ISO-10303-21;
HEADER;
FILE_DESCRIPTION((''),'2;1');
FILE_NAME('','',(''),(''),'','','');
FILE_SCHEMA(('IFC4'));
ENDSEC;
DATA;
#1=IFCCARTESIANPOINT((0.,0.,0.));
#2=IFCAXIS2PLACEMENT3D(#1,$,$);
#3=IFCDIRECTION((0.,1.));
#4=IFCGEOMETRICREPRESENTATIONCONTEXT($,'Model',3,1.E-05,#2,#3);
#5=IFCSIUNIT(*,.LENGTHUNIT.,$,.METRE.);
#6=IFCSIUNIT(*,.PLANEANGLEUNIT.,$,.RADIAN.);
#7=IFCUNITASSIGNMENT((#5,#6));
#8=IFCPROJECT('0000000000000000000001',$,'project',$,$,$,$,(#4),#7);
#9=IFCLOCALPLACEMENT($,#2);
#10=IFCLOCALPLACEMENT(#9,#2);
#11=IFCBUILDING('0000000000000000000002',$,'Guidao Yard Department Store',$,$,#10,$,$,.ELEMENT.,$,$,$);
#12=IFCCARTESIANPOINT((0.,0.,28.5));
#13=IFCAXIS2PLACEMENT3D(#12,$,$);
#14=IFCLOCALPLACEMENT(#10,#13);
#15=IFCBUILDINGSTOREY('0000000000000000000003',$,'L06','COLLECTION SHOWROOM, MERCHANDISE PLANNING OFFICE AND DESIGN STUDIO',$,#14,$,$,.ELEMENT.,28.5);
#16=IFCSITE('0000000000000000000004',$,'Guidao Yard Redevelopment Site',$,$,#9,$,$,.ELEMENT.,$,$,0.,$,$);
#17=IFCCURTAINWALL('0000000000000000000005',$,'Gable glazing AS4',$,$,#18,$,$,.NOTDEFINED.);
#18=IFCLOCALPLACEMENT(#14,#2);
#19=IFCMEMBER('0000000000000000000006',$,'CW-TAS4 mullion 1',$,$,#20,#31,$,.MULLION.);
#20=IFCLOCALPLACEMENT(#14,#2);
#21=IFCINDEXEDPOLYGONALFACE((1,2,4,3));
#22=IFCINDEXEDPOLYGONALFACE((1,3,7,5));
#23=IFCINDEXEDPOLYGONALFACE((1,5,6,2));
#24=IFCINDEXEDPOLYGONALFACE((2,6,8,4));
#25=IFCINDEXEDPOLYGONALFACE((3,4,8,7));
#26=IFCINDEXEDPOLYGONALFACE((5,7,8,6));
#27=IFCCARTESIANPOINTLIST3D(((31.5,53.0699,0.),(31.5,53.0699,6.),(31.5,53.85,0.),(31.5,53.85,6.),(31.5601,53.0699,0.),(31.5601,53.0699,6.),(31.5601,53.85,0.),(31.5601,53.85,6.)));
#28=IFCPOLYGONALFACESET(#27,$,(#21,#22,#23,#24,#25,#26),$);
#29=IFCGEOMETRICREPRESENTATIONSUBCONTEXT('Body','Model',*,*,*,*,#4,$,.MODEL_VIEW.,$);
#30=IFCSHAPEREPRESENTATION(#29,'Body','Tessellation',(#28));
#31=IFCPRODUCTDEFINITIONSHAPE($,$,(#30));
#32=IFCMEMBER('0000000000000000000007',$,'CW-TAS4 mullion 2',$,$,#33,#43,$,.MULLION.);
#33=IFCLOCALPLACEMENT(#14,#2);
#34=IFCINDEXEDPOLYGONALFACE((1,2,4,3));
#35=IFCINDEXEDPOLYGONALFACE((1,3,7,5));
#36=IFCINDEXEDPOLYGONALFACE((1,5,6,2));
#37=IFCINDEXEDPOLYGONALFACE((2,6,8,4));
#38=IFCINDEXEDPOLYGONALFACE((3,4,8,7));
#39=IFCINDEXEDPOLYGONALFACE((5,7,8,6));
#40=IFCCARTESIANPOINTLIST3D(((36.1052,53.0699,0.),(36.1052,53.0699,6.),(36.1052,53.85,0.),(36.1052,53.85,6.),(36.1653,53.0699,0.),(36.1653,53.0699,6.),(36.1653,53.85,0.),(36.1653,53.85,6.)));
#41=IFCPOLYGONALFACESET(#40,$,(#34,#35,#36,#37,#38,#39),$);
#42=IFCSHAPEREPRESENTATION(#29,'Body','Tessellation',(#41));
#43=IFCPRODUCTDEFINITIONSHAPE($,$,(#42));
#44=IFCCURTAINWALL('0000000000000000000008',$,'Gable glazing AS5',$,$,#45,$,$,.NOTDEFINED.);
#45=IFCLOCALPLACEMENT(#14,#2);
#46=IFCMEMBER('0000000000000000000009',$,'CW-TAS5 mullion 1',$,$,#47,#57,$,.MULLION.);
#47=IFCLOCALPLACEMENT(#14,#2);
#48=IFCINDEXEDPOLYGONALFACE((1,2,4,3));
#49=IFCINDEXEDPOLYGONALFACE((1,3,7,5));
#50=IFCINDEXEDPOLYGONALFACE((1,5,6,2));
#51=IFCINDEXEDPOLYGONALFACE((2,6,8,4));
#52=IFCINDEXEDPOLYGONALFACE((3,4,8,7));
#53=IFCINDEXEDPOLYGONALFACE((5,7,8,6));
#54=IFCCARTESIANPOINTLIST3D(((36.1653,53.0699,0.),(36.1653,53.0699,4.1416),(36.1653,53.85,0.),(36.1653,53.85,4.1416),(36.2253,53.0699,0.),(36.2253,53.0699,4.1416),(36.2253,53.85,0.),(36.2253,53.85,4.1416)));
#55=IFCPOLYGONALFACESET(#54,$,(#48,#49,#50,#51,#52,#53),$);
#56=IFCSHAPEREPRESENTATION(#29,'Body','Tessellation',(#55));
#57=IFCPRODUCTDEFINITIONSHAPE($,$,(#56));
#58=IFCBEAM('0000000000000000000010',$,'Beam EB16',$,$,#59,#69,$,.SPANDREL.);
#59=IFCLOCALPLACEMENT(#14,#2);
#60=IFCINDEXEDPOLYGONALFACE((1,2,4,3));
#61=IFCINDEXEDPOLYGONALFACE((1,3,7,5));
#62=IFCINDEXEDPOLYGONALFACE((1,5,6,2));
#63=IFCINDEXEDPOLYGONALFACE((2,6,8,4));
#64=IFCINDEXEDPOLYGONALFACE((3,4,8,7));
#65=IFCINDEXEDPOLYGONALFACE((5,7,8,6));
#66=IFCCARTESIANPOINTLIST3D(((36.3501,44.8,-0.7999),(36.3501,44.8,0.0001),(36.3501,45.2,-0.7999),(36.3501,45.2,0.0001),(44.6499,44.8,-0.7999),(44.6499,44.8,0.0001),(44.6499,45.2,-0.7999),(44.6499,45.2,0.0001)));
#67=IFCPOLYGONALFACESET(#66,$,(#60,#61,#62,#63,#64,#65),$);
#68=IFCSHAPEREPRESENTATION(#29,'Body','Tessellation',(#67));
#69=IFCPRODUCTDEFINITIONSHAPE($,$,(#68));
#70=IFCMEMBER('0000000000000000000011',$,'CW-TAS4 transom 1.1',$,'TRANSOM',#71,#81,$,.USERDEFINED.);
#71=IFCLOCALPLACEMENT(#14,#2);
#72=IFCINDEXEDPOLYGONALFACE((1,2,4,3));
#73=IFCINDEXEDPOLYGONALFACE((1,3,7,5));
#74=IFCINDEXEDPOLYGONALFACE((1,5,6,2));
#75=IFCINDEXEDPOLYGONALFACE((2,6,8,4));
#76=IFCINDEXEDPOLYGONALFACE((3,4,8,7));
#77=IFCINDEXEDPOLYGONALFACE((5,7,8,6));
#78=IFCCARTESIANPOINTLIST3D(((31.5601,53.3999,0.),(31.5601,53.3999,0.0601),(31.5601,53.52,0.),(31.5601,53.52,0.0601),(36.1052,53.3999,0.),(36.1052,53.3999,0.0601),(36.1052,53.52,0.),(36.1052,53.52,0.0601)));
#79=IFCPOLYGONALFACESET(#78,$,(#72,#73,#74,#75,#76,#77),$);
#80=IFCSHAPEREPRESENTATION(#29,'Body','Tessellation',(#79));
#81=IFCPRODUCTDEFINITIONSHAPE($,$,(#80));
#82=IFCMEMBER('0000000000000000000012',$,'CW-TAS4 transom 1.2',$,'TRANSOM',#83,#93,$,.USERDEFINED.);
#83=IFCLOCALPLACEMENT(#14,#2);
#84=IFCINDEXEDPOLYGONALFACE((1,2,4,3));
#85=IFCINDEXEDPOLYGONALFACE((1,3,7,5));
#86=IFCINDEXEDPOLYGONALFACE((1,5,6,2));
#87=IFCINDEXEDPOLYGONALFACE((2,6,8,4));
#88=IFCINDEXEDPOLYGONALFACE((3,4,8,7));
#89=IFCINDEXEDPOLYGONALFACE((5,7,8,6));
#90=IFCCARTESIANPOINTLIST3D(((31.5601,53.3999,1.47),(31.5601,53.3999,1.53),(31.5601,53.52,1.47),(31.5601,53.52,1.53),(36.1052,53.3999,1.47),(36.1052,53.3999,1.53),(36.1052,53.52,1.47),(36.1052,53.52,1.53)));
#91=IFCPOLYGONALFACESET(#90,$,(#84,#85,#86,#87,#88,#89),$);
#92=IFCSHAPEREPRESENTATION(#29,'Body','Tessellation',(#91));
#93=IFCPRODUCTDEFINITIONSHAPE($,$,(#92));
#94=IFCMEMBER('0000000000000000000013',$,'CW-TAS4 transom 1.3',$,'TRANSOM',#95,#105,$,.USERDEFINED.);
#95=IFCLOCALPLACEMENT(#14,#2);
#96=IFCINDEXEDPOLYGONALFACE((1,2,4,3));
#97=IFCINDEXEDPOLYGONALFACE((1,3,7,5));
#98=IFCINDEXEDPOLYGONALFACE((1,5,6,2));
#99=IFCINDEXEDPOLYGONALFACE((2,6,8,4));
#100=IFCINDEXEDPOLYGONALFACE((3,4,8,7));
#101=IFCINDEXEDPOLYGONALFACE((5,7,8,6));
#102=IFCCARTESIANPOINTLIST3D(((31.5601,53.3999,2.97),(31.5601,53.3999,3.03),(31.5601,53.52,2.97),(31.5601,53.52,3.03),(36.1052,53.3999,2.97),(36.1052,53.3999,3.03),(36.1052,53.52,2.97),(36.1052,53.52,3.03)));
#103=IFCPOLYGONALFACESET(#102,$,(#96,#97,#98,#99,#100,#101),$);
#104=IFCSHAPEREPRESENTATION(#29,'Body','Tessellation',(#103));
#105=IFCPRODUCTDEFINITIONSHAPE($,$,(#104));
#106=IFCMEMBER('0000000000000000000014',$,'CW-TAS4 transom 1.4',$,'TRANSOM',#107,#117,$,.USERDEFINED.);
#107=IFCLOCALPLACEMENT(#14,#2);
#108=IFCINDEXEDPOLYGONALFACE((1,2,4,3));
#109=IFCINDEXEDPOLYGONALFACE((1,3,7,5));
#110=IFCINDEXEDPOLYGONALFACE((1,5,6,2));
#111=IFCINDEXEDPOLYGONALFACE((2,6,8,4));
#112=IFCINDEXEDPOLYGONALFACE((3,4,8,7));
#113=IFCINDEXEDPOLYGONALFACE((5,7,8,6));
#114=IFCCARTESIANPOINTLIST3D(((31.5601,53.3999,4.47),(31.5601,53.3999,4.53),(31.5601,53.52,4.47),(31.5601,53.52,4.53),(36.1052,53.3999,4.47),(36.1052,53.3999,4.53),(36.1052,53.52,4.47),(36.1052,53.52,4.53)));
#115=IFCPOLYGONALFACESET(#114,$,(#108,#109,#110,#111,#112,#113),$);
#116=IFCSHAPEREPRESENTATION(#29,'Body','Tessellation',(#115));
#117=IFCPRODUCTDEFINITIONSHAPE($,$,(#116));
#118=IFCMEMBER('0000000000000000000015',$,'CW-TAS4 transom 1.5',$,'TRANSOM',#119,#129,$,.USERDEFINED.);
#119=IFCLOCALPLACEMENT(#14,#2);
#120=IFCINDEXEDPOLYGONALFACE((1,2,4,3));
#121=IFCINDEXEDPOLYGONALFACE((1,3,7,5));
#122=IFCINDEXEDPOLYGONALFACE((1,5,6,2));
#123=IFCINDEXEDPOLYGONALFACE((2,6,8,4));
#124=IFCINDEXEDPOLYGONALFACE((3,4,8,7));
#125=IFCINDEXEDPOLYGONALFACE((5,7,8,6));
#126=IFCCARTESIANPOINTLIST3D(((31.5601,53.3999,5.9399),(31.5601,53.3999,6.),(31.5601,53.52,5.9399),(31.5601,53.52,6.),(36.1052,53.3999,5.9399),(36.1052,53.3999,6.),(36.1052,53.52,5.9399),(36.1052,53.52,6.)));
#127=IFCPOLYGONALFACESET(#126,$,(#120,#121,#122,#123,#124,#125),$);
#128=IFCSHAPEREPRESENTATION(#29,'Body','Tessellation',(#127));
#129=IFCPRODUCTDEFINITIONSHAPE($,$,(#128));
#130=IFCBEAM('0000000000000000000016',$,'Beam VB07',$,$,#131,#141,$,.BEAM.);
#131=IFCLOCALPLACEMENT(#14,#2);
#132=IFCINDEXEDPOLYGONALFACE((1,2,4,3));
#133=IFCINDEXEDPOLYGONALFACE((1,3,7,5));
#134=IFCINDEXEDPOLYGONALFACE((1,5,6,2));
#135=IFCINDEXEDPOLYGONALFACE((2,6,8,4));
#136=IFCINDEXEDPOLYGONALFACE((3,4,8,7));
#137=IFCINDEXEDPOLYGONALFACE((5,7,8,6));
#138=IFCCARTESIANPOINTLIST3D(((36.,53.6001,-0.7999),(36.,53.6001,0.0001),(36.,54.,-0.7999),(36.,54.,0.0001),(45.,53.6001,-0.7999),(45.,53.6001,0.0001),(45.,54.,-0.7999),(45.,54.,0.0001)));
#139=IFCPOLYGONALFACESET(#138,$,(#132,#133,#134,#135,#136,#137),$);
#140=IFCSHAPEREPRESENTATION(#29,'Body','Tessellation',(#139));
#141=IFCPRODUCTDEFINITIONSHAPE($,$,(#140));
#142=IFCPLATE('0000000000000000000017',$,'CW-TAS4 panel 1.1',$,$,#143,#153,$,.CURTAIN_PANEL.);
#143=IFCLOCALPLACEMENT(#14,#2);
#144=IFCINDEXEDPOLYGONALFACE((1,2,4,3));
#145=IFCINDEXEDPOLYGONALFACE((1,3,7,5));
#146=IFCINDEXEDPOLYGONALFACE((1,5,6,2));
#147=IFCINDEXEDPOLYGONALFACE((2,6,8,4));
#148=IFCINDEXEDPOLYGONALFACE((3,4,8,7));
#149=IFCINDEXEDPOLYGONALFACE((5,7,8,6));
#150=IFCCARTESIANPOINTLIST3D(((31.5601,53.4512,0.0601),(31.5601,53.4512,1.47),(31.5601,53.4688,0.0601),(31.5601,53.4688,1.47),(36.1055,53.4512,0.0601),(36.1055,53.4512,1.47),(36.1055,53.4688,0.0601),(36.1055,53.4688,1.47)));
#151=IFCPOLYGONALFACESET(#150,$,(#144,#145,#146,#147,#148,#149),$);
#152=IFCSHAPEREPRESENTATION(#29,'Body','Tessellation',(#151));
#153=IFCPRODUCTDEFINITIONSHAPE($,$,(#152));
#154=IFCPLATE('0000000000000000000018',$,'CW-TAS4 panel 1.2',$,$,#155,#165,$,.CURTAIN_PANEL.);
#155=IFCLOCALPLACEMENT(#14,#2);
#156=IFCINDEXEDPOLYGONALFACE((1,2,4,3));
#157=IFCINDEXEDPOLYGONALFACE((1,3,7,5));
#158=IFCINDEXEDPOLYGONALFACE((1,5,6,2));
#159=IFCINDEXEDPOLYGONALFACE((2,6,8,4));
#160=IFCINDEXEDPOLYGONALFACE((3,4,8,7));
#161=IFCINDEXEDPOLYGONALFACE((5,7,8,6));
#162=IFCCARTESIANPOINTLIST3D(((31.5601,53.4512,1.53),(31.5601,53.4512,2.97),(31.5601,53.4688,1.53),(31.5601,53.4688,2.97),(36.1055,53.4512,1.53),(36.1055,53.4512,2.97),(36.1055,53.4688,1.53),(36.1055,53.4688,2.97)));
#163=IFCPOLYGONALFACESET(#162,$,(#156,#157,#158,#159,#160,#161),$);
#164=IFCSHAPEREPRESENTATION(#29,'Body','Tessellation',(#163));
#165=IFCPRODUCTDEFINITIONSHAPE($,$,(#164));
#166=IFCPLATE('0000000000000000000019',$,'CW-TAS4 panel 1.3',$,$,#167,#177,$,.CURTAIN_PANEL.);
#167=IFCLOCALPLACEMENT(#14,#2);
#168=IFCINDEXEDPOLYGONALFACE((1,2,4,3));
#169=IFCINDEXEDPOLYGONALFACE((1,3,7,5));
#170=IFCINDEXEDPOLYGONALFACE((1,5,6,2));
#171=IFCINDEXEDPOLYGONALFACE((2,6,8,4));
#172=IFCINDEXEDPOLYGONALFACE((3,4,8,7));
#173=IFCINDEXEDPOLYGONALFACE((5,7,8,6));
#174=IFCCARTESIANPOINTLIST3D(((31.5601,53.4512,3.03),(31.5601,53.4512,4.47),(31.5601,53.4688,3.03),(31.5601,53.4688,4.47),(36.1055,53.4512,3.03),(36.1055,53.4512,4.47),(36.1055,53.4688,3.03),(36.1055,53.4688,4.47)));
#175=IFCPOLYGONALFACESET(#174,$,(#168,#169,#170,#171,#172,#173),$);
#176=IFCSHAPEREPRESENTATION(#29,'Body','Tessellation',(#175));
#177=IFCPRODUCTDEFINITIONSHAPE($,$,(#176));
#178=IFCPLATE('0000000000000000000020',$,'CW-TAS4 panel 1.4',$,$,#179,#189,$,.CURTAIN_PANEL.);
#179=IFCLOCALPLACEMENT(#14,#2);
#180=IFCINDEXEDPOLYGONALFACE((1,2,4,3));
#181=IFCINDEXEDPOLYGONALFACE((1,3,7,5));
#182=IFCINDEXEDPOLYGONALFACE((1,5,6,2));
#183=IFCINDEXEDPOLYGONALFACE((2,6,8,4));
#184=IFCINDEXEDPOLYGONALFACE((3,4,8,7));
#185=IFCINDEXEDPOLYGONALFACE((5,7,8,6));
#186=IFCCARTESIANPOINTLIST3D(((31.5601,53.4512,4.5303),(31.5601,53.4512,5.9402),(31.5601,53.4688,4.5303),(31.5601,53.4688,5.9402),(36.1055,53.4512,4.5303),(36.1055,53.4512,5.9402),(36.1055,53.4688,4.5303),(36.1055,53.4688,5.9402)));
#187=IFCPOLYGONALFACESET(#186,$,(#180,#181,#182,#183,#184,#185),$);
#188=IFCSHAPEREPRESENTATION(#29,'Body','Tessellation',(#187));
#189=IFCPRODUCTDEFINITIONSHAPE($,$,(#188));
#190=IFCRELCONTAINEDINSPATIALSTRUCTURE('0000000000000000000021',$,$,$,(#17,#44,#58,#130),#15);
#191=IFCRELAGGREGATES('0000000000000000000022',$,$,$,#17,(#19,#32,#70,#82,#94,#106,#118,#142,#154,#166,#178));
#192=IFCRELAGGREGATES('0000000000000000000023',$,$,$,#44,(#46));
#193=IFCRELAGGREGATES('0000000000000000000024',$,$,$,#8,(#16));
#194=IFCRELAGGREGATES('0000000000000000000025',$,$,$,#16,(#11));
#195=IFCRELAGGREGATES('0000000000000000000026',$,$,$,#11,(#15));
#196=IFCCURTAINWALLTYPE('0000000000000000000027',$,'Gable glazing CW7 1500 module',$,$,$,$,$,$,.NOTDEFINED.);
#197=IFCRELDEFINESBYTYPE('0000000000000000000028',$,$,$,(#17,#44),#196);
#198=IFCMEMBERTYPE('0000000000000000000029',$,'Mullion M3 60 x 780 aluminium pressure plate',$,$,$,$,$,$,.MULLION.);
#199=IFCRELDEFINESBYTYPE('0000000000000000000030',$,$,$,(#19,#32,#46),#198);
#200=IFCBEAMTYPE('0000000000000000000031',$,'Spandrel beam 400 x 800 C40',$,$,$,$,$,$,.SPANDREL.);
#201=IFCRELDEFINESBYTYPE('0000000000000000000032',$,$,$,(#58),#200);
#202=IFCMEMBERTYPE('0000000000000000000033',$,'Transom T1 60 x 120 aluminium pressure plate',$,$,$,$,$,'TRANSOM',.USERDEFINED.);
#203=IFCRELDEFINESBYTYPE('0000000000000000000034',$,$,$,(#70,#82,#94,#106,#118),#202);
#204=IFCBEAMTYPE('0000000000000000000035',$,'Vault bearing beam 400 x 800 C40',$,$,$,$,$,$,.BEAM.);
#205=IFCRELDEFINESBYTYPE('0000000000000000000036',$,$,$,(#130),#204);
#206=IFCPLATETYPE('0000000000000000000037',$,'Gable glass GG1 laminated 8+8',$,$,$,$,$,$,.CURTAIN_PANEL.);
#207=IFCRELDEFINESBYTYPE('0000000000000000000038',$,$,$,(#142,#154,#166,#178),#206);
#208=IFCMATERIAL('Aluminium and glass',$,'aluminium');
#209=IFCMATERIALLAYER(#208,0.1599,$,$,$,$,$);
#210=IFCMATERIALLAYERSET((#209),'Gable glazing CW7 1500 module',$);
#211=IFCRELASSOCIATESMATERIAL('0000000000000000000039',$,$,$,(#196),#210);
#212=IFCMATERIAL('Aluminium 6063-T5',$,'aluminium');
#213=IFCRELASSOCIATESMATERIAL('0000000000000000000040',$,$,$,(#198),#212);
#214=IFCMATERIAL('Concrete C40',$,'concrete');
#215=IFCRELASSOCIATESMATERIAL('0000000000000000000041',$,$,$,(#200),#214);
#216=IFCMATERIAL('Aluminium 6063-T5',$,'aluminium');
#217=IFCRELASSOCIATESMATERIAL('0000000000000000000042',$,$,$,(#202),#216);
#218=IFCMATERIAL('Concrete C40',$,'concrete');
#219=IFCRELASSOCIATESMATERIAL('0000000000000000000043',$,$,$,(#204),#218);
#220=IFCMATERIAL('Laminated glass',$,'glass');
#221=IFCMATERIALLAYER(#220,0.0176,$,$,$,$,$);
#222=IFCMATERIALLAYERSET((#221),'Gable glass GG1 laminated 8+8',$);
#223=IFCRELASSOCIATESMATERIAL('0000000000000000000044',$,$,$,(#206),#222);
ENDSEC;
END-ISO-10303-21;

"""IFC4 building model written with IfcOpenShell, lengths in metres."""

from ifc_helpers import new_model, si_unit, direction, frame, origin, origin_2d, place, context, subcontext, project, spatial, rectangle, extrude, material, layer, layer_set, material_profile, profile_set, type_object, element, aggregate, save


model = new_model("IFC4")

# Units and contexts
model_context = context("Model", 3, precision=1e-05, world=origin(), true_north=direction((0.0, 1.0)))
body_context = subcontext(model_context, "Body", "Model", "MODEL_VIEW")
ifc_project = project(units=[si_unit("LENGTHUNIT", "METRE"), si_unit("PLANEANGLEUNIT", "RADIAN")], contexts=[model_context])

# Site, building, storey
site_placement = place(None, origin())
site = spatial("IfcSite", under=ifc_project, at=site_placement, Name="Guidao Yard Redevelopment Site", CompositionType="ELEMENT", RefElevation=0.0)
building_placement = place(site_placement, origin())
building = spatial("IfcBuilding", under=site, at=building_placement, Name="Guidao Yard Department Store", CompositionType="ELEMENT")
storey_placement = place(building_placement, frame((0.0, 0.0, 28.5)))
storey = spatial("IfcBuildingStorey", under=building, at=storey_placement, Name="L06", Description="COLLECTION SHOWROOM, MERCHANDISE PLANNING OFFICE AND DESIGN STUDIO", CompositionType="ELEMENT", Elevation=28.5)

# Curtain wall, members
ifc_material_1 = material(Name="Aluminium and glass", Category="aluminium")
ifc_layer_1 = layer(ifc_material_1, 0.1599)
ifc_layer_set_1 = layer_set([ifc_layer_1], Name="Gable glazing CW7 1500 module")
curtain_wall_type = type_object("IfcCurtainWallType", Name="Gable glazing CW7 1500 module", PredefinedType="NOTDEFINED", material=ifc_layer_set_1)
curtain_wall_1_placement = place(storey_placement, origin())
curtain_wall_1 = element("IfcCurtainWall", 1, at=curtain_wall_1_placement, inside=storey, type_object=curtain_wall_type, Name="Gable glazing AS4", PredefinedType="NOTDEFINED")
ifc_material_2 = material(Name="Aluminium 6063-T5", Category="aluminium")
ifc_material_profile_1 = material_profile(ifc_material_2, rectangle(XDim=0.0601, YDim=0.78, at=origin_2d()), Name="Mullion M3 60 x 780 aluminium pressure plate")
ifc_profile_set_1 = profile_set([ifc_material_profile_1], Name="Aluminium 6063-T5")
member_type_1 = type_object("IfcMemberType", Name="Mullion M3 60 x 780 aluminium pressure plate", PredefinedType="MULLION", material=ifc_profile_set_1)
member_1_placement = place(storey_placement, frame((31.53, 53.46, 0.0), z_axis=(0.0, 0.0, 1.0), x_axis=(-1.0, 0.0, 0.0)))
member_1 = element("IfcMember", 2, at=member_1_placement, type_object=member_type_1, Name="CW-TAS4 mullion 1", PredefinedType="MULLION", context=body_context, shape_type="SweptSolid", body=[
    extrude(rectangle(XDim=0.0601, YDim=0.78, at=origin_2d()), origin(), (0.0, 0.0, 1.0), 6.0),
])
member_2_placement = place(storey_placement, frame((36.1353, 53.46, 0.0), z_axis=(0.0, 0.0, 1.0), x_axis=(-1.0, 0.0, 0.0)))
member_2 = element("IfcMember", 3, at=member_2_placement, type_object=member_type_1, Name="CW-TAS4 mullion 2", PredefinedType="MULLION", context=body_context, shape_type="SweptSolid", body=[
    extrude(rectangle(XDim=0.0601, YDim=0.78, at=origin_2d()), origin(), (0.0, 0.0, 1.0), 6.0),
])

# Curtain wall, member
curtain_wall_2_placement = place(storey_placement, origin())
curtain_wall_2 = element("IfcCurtainWall", 4, at=curtain_wall_2_placement, inside=storey, type_object=curtain_wall_type, Name="Gable glazing AS5", PredefinedType="NOTDEFINED")
member_3_placement = place(storey_placement, frame((36.1953, 53.46, 0.0), z_axis=(0.0, 0.0, 1.0), x_axis=(-1.0, 0.0, 0.0)))
member_3 = element("IfcMember", 5, at=member_3_placement, type_object=member_type_1, Name="CW-TAS5 mullion 1", PredefinedType="MULLION", context=body_context, shape_type="SweptSolid", body=[
    extrude(rectangle(XDim=0.0601, YDim=0.78, at=origin_2d()), origin(), (0.0, 0.0, 1.0), 4.1416),
])

# Beam
ifc_material_3 = material(Name="Concrete C40", Category="concrete")
ifc_material_profile_2 = material_profile(ifc_material_3, rectangle(XDim=0.3999, YDim=0.8, at=origin_2d()), Name="Spandrel beam 400 x 800 C40")
ifc_profile_set_2 = profile_set([ifc_material_profile_2], Name="Concrete C40")
beam_type_1 = type_object("IfcBeamType", Name="Spandrel beam 400 x 800 C40", PredefinedType="SPANDREL", material=ifc_profile_set_2)
beam_1_placement = place(storey_placement, frame((36.3501, 45.0, -0.3999), z_axis=(1.0, 0.0, 0.0), x_axis=(0.0, 1.0, 0.0)))
element("IfcBeam", 6, at=beam_1_placement, inside=storey, type_object=beam_type_1, Name="Beam EB16", PredefinedType="SPANDREL", context=body_context, shape_type="SweptSolid", body=[
    extrude(rectangle(XDim=0.3999, YDim=0.8, at=origin_2d()), origin(), (0.0, 0.0, 1.0), 8.2998),
])

# Members
ifc_material_4 = material(Name="Aluminium 6063-T5", Category="aluminium")
ifc_material_profile_3 = material_profile(ifc_material_4, rectangle(XDim=0.1201, YDim=0.0601, at=origin_2d()), Name="Transom T1 60 x 120 aluminium pressure plate")
ifc_profile_set_3 = profile_set([ifc_material_profile_3], Name="Aluminium 6063-T5")
member_type_2 = type_object("IfcMemberType", Name="Transom T1 60 x 120 aluminium pressure plate", ElementType="TRANSOM", PredefinedType="USERDEFINED", material=ifc_profile_set_3)
member_4_placement = place(storey_placement, frame((36.1052, 53.46, 0.03), z_axis=(-1.0, 0.0, 0.0), x_axis=(0.0, -1.0, 0.0)))
member_4 = element("IfcMember", 7, at=member_4_placement, type_object=member_type_2, Name="CW-TAS4 transom 1.1", ObjectType="TRANSOM", PredefinedType="USERDEFINED", context=body_context, shape_type="SweptSolid", body=[
    extrude(rectangle(XDim=0.1201, YDim=0.0601, at=origin_2d()), origin(), (0.0, 0.0, 1.0), 4.5452),
])
member_5_placement = place(storey_placement, frame((36.1052, 53.46, 1.5), z_axis=(-1.0, 0.0, 0.0), x_axis=(0.0, -1.0, 0.0)))
member_5 = element("IfcMember", 8, at=member_5_placement, type_object=member_type_2, Name="CW-TAS4 transom 1.2", ObjectType="TRANSOM", PredefinedType="USERDEFINED", context=body_context, shape_type="SweptSolid", body=[
    extrude(rectangle(XDim=0.1201, YDim=0.0601, at=origin_2d()), origin(), (0.0, 0.0, 1.0), 4.5452),
])
member_6_placement = place(storey_placement, frame((36.1052, 53.46, 3.0), z_axis=(-1.0, 0.0, 0.0), x_axis=(0.0, -1.0, 0.0)))
member_6 = element("IfcMember", 9, at=member_6_placement, type_object=member_type_2, Name="CW-TAS4 transom 1.3", ObjectType="TRANSOM", PredefinedType="USERDEFINED", context=body_context, shape_type="SweptSolid", body=[
    extrude(rectangle(XDim=0.1201, YDim=0.0601, at=origin_2d()), origin(), (0.0, 0.0, 1.0), 4.5452),
])
member_7_placement = place(storey_placement, frame((36.1052, 53.46, 4.5), z_axis=(-1.0, 0.0, 0.0), x_axis=(0.0, -1.0, 0.0)))
member_7 = element("IfcMember", 10, at=member_7_placement, type_object=member_type_2, Name="CW-TAS4 transom 1.4", ObjectType="TRANSOM", PredefinedType="USERDEFINED", context=body_context, shape_type="SweptSolid", body=[
    extrude(rectangle(XDim=0.1201, YDim=0.0601, at=origin_2d()), origin(), (0.0, 0.0, 1.0), 4.5452),
])
member_8_placement = place(storey_placement, frame((36.1052, 53.46, 5.97), z_axis=(-1.0, 0.0, 0.0), x_axis=(0.0, -1.0, 0.0)))
member_8 = element("IfcMember", 11, at=member_8_placement, type_object=member_type_2, Name="CW-TAS4 transom 1.5", ObjectType="TRANSOM", PredefinedType="USERDEFINED", context=body_context, shape_type="SweptSolid", body=[
    extrude(rectangle(XDim=0.1201, YDim=0.0601, at=origin_2d()), origin(), (0.0, 0.0, 1.0), 4.5452),
])

# Beam
ifc_material_5 = material(Name="Concrete C40", Category="concrete")
ifc_material_profile_4 = material_profile(ifc_material_5, rectangle(XDim=0.3999, YDim=0.8, at=origin_2d()), Name="Vault bearing beam 400 x 800 C40")
ifc_profile_set_4 = profile_set([ifc_material_profile_4], Name="Concrete C40")
beam_type_2 = type_object("IfcBeamType", Name="Vault bearing beam 400 x 800 C40", PredefinedType="BEAM", material=ifc_profile_set_4)
beam_2_placement = place(storey_placement, frame((36.0, 53.8, -0.3999), z_axis=(1.0, 0.0, 0.0), x_axis=(0.0, 1.0, 0.0)))
element("IfcBeam", 12, at=beam_2_placement, inside=storey, type_object=beam_type_2, Name="Beam VB07", PredefinedType="BEAM", context=body_context, shape_type="SweptSolid", body=[
    extrude(rectangle(XDim=0.3999, YDim=0.8, at=origin_2d()), origin(), (0.0, 0.0, 1.0), 9.0),
])

# Plates
ifc_material_6 = material(Name="Laminated glass", Category="glass")
ifc_layer_2 = layer(ifc_material_6, 0.0176)
ifc_layer_set_2 = layer_set([ifc_layer_2], Name="Gable glass GG1 laminated 8+8")
plate_type = type_object("IfcPlateType", Name="Gable glass GG1 laminated 8+8", PredefinedType="CURTAIN_PANEL", material=ifc_layer_set_2)
plate_1_placement = place(storey_placement, frame((33.8328, 53.46, 0.0601), z_axis=(0.0, 0.0, 1.0), x_axis=(-1.0, 0.0, 0.0)))
plate_1 = element("IfcPlate", 13, at=plate_1_placement, type_object=plate_type, Name="CW-TAS4 panel 1.1", PredefinedType="CURTAIN_PANEL", context=body_context, shape_type="SweptSolid", body=[
    extrude(rectangle(XDim=4.5454, YDim=0.0176, at=origin_2d()), origin(), (0.0, 0.0, 1.0), 1.4099),
])
plate_2_placement = place(storey_placement, frame((33.8328, 53.46, 1.53), z_axis=(0.0, 0.0, 1.0), x_axis=(-1.0, 0.0, 0.0)))
plate_2 = element("IfcPlate", 14, at=plate_2_placement, type_object=plate_type, Name="CW-TAS4 panel 1.2", PredefinedType="CURTAIN_PANEL", context=body_context, shape_type="SweptSolid", body=[
    extrude(rectangle(XDim=4.5454, YDim=0.0176, at=origin_2d()), origin(), (0.0, 0.0, 1.0), 1.4399),
])
plate_3_placement = place(storey_placement, frame((33.8328, 53.46, 3.03), z_axis=(0.0, 0.0, 1.0), x_axis=(-1.0, 0.0, 0.0)))
plate_3 = element("IfcPlate", 15, at=plate_3_placement, type_object=plate_type, Name="CW-TAS4 panel 1.3", PredefinedType="CURTAIN_PANEL", context=body_context, shape_type="SweptSolid", body=[
    extrude(rectangle(XDim=4.5454, YDim=0.0176, at=origin_2d()), origin(), (0.0, 0.0, 1.0), 1.4399),
])
plate_4_placement = place(storey_placement, frame((33.8328, 53.46, 4.5303), z_axis=(0.0, 0.0, 1.0), x_axis=(-1.0, 0.0, 0.0)))
plate_4 = element("IfcPlate", 16, at=plate_4_placement, type_object=plate_type, Name="CW-TAS4 panel 1.4", PredefinedType="CURTAIN_PANEL", context=body_context, shape_type="SweptSolid", body=[
    extrude(rectangle(XDim=4.5454, YDim=0.0176, at=origin_2d()), origin(), (0.0, 0.0, 1.0), 1.4099),
])
aggregate(curtain_wall_1, [member_1, member_2, member_4, member_5, member_6, member_7, member_8, plate_1, plate_2, plate_3, plate_4])
aggregate(curtain_wall_2, [member_3])

save(model, "model.ifc")
